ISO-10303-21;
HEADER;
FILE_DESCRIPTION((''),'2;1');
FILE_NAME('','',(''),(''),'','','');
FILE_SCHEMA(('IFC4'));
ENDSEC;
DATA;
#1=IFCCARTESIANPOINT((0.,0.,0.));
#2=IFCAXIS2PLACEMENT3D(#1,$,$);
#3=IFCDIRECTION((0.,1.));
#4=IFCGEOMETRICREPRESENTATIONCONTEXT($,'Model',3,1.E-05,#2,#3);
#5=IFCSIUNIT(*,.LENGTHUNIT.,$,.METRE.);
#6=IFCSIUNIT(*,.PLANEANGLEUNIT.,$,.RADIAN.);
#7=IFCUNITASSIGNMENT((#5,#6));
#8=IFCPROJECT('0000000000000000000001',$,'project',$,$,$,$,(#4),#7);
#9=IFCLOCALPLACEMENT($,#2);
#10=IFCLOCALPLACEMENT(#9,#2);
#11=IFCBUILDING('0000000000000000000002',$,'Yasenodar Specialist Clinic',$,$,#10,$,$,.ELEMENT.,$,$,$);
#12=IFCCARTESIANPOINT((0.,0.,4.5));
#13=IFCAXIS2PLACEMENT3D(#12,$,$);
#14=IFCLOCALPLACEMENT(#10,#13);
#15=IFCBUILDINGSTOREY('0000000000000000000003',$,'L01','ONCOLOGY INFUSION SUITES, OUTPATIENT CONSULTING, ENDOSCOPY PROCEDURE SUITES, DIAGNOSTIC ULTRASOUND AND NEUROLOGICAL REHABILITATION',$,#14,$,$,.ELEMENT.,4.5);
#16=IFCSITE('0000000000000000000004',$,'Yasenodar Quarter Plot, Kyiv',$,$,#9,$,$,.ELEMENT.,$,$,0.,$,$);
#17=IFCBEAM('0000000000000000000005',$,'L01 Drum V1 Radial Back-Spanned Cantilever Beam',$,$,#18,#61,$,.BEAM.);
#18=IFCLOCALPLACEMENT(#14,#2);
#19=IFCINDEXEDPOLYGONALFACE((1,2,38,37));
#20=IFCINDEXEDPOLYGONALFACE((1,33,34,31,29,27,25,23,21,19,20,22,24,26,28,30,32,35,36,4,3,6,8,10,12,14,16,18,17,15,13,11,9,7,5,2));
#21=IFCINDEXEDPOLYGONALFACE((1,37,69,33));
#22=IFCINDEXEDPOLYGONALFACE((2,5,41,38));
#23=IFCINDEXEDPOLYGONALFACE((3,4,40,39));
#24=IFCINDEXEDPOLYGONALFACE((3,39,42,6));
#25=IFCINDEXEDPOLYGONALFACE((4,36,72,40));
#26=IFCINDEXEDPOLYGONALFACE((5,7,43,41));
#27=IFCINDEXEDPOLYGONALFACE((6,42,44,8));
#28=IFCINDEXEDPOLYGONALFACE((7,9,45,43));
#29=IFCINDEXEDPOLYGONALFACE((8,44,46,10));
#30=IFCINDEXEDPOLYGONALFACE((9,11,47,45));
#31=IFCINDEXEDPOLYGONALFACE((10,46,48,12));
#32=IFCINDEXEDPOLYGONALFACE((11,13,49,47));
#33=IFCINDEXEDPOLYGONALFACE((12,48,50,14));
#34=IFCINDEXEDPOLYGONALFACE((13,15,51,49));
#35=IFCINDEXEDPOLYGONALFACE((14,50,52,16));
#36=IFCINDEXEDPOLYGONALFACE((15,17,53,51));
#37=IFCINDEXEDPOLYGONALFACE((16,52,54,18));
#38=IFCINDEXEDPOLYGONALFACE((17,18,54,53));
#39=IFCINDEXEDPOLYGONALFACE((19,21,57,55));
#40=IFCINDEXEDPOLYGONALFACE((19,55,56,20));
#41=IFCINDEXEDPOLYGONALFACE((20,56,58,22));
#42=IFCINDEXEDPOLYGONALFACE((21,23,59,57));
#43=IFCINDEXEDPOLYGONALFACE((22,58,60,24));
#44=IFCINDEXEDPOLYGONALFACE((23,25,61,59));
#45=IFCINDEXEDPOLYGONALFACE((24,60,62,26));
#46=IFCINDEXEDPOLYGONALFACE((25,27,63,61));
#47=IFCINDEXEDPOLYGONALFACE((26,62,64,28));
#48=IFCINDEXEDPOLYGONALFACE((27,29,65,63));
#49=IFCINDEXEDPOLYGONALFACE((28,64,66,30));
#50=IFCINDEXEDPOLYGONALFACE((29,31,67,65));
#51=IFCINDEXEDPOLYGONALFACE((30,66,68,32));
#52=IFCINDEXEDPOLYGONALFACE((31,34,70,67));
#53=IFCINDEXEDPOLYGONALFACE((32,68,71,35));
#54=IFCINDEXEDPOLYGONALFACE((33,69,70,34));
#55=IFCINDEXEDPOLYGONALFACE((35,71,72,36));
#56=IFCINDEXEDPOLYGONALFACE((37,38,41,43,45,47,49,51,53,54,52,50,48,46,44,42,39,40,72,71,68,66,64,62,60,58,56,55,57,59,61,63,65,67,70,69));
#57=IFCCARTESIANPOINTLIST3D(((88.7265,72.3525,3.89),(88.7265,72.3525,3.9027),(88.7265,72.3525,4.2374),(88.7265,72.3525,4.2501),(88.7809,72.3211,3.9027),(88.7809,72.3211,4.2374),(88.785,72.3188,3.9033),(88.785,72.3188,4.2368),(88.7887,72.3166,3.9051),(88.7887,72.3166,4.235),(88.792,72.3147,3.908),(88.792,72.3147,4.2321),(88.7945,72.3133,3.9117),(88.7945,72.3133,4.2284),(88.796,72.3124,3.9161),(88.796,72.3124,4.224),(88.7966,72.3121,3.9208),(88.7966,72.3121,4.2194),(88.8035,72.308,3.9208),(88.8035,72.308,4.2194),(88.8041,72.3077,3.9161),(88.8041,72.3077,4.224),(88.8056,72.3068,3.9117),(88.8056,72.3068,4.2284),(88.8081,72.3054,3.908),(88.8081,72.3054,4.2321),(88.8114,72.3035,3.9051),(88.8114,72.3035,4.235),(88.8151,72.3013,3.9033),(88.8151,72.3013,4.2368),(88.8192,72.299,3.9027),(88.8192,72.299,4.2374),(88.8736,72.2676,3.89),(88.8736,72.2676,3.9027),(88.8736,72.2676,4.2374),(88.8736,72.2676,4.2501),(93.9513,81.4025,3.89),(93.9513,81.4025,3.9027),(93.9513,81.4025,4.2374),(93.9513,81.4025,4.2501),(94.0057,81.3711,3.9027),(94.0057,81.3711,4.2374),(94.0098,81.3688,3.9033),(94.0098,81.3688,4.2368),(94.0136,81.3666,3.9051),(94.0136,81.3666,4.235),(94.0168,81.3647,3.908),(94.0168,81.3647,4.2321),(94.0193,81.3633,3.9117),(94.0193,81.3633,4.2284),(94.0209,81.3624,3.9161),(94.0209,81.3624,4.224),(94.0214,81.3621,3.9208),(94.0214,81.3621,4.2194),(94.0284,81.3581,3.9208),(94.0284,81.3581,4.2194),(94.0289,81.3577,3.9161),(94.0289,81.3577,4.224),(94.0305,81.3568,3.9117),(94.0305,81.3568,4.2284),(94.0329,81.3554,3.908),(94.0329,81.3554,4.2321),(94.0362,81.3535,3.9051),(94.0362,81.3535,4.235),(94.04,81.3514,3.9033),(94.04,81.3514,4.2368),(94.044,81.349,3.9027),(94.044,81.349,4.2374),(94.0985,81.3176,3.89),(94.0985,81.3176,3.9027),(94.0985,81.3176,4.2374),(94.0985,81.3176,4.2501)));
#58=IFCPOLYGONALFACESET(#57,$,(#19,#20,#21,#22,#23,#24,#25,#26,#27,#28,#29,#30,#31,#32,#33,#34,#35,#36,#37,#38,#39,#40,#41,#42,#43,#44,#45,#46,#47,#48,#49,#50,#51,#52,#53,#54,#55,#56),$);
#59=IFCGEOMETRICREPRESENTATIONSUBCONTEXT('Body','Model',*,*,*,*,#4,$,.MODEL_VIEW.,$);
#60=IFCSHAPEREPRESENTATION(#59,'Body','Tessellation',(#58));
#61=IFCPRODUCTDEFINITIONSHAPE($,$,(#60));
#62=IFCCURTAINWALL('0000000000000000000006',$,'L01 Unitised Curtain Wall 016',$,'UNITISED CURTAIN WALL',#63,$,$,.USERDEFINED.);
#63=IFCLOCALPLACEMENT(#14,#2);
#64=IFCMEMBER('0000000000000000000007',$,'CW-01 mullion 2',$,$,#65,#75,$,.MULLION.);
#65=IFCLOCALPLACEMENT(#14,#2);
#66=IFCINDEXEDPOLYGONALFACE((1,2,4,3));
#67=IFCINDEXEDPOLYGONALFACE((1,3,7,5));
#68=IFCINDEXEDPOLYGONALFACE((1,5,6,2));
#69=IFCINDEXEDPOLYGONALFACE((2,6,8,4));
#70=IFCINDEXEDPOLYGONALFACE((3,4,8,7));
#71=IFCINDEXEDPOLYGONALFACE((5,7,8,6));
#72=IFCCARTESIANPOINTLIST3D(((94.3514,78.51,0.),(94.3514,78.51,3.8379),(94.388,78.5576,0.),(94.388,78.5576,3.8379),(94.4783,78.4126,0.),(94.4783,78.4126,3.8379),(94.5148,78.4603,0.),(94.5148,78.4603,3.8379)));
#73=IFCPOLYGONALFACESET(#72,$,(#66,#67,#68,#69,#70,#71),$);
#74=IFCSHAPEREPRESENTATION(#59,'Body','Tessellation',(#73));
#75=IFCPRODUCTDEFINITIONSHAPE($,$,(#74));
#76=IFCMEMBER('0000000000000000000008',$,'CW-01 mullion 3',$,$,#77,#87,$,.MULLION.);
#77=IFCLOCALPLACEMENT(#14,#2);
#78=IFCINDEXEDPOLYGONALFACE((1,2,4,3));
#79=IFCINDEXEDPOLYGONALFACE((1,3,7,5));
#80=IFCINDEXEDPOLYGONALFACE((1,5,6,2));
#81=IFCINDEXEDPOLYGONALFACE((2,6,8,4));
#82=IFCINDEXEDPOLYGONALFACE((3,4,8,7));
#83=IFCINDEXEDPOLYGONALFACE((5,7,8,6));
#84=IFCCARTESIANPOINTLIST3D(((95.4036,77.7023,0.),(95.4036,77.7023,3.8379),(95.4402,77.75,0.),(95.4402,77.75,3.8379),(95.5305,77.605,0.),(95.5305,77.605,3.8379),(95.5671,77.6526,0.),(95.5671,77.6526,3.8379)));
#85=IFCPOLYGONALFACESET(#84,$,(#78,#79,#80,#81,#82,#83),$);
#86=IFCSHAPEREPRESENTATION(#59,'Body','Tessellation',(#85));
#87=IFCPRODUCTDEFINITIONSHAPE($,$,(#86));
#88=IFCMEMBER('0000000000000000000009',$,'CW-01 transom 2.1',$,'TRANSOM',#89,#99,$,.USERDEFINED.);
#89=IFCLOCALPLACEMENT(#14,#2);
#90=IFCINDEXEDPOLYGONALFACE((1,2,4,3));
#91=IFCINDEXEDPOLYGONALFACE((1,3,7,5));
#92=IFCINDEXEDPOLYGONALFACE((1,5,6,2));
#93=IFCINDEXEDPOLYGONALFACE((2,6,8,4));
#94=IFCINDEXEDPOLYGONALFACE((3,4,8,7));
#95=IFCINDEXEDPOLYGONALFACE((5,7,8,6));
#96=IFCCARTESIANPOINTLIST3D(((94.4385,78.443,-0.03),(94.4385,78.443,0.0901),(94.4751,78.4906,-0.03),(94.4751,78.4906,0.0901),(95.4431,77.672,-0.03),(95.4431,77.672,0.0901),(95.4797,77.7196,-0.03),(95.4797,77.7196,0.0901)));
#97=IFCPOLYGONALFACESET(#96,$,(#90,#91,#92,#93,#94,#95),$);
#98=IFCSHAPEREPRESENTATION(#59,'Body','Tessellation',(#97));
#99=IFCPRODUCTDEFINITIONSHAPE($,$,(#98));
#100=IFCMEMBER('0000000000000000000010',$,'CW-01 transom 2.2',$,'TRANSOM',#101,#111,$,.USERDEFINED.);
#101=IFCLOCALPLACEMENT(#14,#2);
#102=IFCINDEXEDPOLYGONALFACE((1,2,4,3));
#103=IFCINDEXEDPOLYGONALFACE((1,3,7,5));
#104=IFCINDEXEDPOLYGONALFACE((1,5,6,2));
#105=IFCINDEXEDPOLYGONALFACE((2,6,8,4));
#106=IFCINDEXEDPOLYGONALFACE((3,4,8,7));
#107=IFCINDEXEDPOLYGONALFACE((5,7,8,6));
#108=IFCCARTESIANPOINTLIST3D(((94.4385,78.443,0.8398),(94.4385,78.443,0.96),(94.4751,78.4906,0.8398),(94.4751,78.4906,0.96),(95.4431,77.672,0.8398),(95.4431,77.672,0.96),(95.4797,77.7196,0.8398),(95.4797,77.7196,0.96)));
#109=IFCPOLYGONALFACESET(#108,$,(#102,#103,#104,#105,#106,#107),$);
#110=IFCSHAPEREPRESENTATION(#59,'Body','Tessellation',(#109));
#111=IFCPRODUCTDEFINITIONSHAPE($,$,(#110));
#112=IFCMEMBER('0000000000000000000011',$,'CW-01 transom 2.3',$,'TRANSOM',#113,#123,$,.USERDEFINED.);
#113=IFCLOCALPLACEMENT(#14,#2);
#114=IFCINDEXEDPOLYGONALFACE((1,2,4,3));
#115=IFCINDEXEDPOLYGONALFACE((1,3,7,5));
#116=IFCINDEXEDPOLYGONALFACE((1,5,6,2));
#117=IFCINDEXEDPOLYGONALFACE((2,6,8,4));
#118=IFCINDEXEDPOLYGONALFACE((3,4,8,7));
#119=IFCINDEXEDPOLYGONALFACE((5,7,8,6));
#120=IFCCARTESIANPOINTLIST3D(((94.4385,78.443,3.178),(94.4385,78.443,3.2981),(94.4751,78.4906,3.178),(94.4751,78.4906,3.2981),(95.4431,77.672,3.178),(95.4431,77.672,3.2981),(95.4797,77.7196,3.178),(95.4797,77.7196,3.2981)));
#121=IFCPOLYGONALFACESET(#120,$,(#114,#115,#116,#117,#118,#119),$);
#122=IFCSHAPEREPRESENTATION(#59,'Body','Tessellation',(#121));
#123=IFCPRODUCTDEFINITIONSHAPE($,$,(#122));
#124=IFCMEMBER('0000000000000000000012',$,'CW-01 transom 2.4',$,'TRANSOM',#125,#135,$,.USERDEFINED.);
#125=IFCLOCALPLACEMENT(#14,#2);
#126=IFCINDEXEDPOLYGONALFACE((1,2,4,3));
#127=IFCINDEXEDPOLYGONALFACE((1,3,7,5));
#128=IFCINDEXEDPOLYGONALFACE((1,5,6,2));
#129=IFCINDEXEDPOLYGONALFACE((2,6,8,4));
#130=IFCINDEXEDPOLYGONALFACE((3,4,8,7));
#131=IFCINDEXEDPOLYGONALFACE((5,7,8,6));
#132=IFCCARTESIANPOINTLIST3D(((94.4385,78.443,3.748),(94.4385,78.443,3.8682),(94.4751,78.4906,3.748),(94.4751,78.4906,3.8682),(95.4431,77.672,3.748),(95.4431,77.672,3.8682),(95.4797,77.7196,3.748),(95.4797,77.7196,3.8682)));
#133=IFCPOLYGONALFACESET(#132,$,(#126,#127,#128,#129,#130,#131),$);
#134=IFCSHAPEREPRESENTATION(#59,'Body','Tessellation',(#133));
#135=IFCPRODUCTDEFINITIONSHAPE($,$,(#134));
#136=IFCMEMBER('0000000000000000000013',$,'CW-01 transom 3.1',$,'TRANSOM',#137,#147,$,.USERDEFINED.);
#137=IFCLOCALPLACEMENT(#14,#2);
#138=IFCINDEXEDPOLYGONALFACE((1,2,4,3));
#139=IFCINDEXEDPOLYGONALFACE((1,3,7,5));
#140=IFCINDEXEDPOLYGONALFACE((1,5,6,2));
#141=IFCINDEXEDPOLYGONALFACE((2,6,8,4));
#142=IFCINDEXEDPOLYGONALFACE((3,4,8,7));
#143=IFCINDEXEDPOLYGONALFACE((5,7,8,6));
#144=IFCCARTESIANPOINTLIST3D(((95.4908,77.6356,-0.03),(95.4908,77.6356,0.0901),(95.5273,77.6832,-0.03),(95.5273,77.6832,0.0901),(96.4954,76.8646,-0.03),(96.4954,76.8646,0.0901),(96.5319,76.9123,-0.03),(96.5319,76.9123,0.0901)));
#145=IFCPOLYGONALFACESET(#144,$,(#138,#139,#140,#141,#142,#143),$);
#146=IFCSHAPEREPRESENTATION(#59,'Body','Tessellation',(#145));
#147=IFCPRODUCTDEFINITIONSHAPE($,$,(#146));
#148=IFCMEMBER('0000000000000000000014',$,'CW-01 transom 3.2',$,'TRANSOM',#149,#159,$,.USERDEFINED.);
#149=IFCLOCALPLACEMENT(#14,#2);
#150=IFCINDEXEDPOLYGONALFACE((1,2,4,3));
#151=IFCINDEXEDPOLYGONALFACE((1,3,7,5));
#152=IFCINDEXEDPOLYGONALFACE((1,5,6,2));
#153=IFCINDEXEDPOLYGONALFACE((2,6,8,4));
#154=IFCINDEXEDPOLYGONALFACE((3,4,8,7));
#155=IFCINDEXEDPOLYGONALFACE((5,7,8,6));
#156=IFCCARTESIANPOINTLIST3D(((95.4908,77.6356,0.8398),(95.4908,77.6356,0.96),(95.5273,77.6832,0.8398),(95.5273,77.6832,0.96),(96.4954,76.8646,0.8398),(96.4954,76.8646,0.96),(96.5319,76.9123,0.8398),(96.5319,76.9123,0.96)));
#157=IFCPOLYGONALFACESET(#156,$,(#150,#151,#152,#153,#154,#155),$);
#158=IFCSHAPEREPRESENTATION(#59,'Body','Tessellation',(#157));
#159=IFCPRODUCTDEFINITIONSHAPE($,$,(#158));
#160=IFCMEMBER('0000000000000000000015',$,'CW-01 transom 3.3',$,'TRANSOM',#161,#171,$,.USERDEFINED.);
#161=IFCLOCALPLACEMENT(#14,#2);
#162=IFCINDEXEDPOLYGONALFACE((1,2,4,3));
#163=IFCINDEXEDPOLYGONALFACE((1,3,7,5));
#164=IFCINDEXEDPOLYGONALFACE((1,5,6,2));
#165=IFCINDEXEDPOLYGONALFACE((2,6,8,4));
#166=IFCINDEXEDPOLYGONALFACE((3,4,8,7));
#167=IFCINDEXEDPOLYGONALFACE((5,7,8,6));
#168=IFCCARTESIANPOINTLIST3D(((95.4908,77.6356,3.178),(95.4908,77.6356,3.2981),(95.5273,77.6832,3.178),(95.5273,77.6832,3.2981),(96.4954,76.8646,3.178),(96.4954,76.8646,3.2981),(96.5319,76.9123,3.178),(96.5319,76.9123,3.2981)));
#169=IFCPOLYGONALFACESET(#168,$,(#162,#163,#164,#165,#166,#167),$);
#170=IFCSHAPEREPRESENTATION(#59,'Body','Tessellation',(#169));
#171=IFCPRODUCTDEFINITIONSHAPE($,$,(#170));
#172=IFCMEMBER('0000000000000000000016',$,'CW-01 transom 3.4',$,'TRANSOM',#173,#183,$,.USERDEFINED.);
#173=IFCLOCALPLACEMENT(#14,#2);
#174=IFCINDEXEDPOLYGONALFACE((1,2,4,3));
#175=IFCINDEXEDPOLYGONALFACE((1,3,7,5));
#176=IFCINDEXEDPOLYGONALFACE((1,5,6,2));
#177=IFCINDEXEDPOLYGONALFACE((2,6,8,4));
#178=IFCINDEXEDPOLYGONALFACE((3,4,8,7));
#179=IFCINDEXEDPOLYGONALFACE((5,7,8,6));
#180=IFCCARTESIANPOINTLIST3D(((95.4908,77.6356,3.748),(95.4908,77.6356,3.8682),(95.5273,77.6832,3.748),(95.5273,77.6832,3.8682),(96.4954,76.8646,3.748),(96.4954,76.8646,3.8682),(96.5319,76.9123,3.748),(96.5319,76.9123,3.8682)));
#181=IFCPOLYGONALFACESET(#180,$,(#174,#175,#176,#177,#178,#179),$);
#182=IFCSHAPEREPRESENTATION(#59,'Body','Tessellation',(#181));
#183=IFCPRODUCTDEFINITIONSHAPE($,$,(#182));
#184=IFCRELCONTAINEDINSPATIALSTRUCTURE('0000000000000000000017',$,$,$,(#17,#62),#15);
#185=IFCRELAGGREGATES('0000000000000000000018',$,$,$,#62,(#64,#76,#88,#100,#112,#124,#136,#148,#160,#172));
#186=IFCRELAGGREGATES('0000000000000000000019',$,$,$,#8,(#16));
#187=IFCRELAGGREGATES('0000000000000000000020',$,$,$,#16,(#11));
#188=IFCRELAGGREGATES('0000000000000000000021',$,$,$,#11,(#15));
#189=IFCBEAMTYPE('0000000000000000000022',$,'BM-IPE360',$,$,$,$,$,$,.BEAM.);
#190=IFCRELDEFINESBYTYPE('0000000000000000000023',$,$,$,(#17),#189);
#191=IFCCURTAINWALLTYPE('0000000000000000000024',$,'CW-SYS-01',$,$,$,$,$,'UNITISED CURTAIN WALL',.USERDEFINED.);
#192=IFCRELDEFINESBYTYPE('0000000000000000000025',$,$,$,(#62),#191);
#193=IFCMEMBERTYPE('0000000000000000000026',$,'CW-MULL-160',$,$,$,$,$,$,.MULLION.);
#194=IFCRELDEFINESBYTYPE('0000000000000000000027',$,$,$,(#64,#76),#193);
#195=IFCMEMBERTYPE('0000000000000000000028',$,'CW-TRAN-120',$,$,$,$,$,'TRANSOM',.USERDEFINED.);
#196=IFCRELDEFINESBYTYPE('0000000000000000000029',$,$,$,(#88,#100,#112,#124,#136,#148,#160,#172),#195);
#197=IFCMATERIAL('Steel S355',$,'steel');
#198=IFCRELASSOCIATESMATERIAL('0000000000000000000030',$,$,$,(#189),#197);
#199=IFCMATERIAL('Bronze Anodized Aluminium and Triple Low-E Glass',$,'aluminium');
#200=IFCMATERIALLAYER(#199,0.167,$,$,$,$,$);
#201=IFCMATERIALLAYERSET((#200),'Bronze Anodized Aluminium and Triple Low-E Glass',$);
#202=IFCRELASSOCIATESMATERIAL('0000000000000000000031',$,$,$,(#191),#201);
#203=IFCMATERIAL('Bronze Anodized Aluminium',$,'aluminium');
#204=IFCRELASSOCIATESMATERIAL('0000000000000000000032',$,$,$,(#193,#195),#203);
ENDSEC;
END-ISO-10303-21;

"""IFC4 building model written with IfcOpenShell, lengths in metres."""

from ifc_helpers import new_model, si_unit, direction, frame, origin, origin_2d, place, context, subcontext, project, spatial, rectangle, i_section, extrude, material, layer, layer_set, material_profile, profile_set, type_object, element, aggregate, save


model = new_model("IFC4")

# Units and contexts
model_context = context("Model", 3, precision=1e-05, world=origin(), true_north=direction((0.0, 1.0)))
body_context = subcontext(model_context, "Body", "Model", "MODEL_VIEW")
ifc_project = project(units=[si_unit("LENGTHUNIT", "METRE"), si_unit("PLANEANGLEUNIT", "RADIAN")], contexts=[model_context])

# Site, building, storey
site_placement = place(None, origin())
site = spatial("IfcSite", under=ifc_project, at=site_placement, Name="Yasenodar Quarter Plot, Kyiv", CompositionType="ELEMENT", RefElevation=0.0)
building_placement = place(site_placement, origin())
building = spatial("IfcBuilding", under=site, at=building_placement, Name="Yasenodar Specialist Clinic", CompositionType="ELEMENT")
storey_placement = place(building_placement, frame((0.0, 0.0, 4.5)))
storey = spatial("IfcBuildingStorey", under=building, at=storey_placement, Name="L01", Description="ONCOLOGY INFUSION SUITES, OUTPATIENT CONSULTING, ENDOSCOPY PROCEDURE SUITES, DIAGNOSTIC ULTRASOUND AND NEUROLOGICAL REHABILITATION", CompositionType="ELEMENT", Elevation=4.5)

# Shared definitions
ifc_material_1 = material(Name="Steel S355", Category="steel")

# Beam
ifc_material_profile_1 = material_profile(ifc_material_1, i_section(OverallWidth=0.1699, OverallDepth=0.3601, WebThickness=0.0081, FlangeThickness=0.0127, FilletRadius=0.0181, at=origin_2d()), Name="IPE 360")
ifc_profile_set_1 = profile_set([ifc_material_profile_1], Name="Steel S355")
beam_type_1 = type_object("IfcBeamType", Name="BM-IPE360", PredefinedType="BEAM", material=ifc_profile_set_1)
for number, where, z_axis, x_axis, name in (
    (1, (88.8, 72.3101, 4.0701), (0.499986, 0.866033, 0.0), (-0.866033, 0.499986, 0.0), "L01 Drum V1 Radial Back-Spanned Cantilever Beam"),
):
    element("IfcBeam", number, at=place(storey_placement, frame(where, z_axis=z_axis, x_axis=x_axis)), inside=storey, type_object=beam_type_1, Name=name, PredefinedType="BEAM", context=body_context, shape_type="SweptSolid", body=[
        extrude(i_section(OverallWidth=0.1699, OverallDepth=0.3601, WebThickness=0.0081, FlangeThickness=0.0127, FilletRadius=0.0181, at=origin_2d()), origin(), (0.0, 0.0, 1.0), 10.45),
    ])

# Curtain wall, members
ifc_material_2 = material(Name="Bronze Anodized Aluminium and Triple Low-E Glass", Category="aluminium")
ifc_layer_1 = layer(ifc_material_2, 0.167)
ifc_layer_set_1 = layer_set([ifc_layer_1], Name="Bronze Anodized Aluminium and Triple Low-E Glass")
curtain_wall_type = type_object("IfcCurtainWallType", Name="CW-SYS-01", ElementType="UNITISED CURTAIN WALL", PredefinedType="USERDEFINED", material=ifc_layer_set_1)
curtain_wall_placement = place(storey_placement, origin())
curtain_wall = element("IfcCurtainWall", 2, at=curtain_wall_placement, inside=storey, type_object=curtain_wall_type, Name="L01 Unitised Curtain Wall 016", ObjectType="UNITISED CURTAIN WALL", PredefinedType="USERDEFINED")
ifc_material_3 = material(Name="Bronze Anodized Aluminium", Category="aluminium")
ifc_material_profile_2 = material_profile(ifc_material_3, rectangle(XDim=0.0601, YDim=0.1599, at=origin_2d()), Name="CW-MULL 60x160")
ifc_profile_set_2 = profile_set([ifc_material_profile_2], Name="Bronze Anodized Aluminium")
member_type_1 = type_object("IfcMemberType", Name="CW-MULL-160", PredefinedType="MULLION", material=ifc_profile_set_2)
member_1_placement = place(storey_placement, frame((94.4331, 78.4851, 0.0), z_axis=(0.0, 0.0, 1.0), x_axis=(0.608752, 0.793361, 0.0)))
member_1 = element("IfcMember", 3, at=member_1_placement, type_object=member_type_1, Name="CW-01 mullion 2", PredefinedType="MULLION", context=body_context, shape_type="SweptSolid", body=[
    extrude(rectangle(XDim=0.0601, YDim=0.1599, at=origin_2d()), origin(), (0.0, 0.0, 1.0), 3.8379),
])
member_2_placement = place(storey_placement, frame((95.4854, 77.6775, 0.0), z_axis=(0.0, 0.0, 1.0), x_axis=(0.608752, 0.793361, 0.0)))
member_2 = element("IfcMember", 4, at=member_2_placement, type_object=member_type_1, Name="CW-01 mullion 3", PredefinedType="MULLION", context=body_context, shape_type="SweptSolid", body=[
    extrude(rectangle(XDim=0.0601, YDim=0.1599, at=origin_2d()), origin(), (0.0, 0.0, 1.0), 3.8379),
])
ifc_material_profile_3 = material_profile(ifc_material_3, rectangle(XDim=0.0601, YDim=0.1201, at=origin_2d()), Name="CW-TRAN 60x120")
ifc_profile_set_3 = profile_set([ifc_material_profile_3], Name="Bronze Anodized Aluminium")
member_type_2 = type_object("IfcMemberType", Name="CW-TRAN-120", ElementType="TRANSOM", PredefinedType="USERDEFINED", material=ifc_profile_set_3)
member_3_placement = place(storey_placement, frame((94.4568, 78.4668, 0.03), z_axis=(0.793311, -0.608816, 0.0), x_axis=(0.608816, 0.793311, 0.0)))
member_3 = element("IfcMember", 5, at=member_3_placement, type_object=member_type_2, Name="CW-01 transom 2.1", ObjectType="TRANSOM", PredefinedType="USERDEFINED", context=body_context, shape_type="SweptSolid", body=[
    extrude(rectangle(XDim=0.0601, YDim=0.1201, at=origin_2d()), origin(), (0.0, 0.0, 1.0), 1.2664),
])
member_4_placement = place(storey_placement, frame((94.4568, 78.4668, 0.8999), z_axis=(0.793311, -0.608816, 0.0), x_axis=(0.608816, 0.793311, 0.0)))
member_4 = element("IfcMember", 6, at=member_4_placement, type_object=member_type_2, Name="CW-01 transom 2.2", ObjectType="TRANSOM", PredefinedType="USERDEFINED", context=body_context, shape_type="SweptSolid", body=[
    extrude(rectangle(XDim=0.0601, YDim=0.1201, at=origin_2d()), origin(), (0.0, 0.0, 1.0), 1.2664),
])
member_5_placement = place(storey_placement, frame((94.4568, 78.4668, 3.238), z_axis=(0.793311, -0.608816, 0.0), x_axis=(0.608816, 0.793311, 0.0)))
member_5 = element("IfcMember", 7, at=member_5_placement, type_object=member_type_2, Name="CW-01 transom 2.3", ObjectType="TRANSOM", PredefinedType="USERDEFINED", context=body_context, shape_type="SweptSolid", body=[
    extrude(rectangle(XDim=0.0601, YDim=0.1201, at=origin_2d()), origin(), (0.0, 0.0, 1.0), 1.2664),
])
member_6_placement = place(storey_placement, frame((94.4568, 78.4668, 3.8081), z_axis=(0.793311, -0.608816, 0.0), x_axis=(0.608816, 0.793311, 0.0)))
member_6 = element("IfcMember", 8, at=member_6_placement, type_object=member_type_2, Name="CW-01 transom 2.4", ObjectType="TRANSOM", PredefinedType="USERDEFINED", context=body_context, shape_type="SweptSolid", body=[
    extrude(rectangle(XDim=0.0601, YDim=0.1201, at=origin_2d()), origin(), (0.0, 0.0, 1.0), 1.2664),
])
member_7_placement = place(storey_placement, frame((95.509, 77.6594, 0.03), z_axis=(0.793311, -0.608816, 0.0), x_axis=(0.608816, 0.793311, 0.0)))
member_7 = element("IfcMember", 9, at=member_7_placement, type_object=member_type_2, Name="CW-01 transom 3.1", ObjectType="TRANSOM", PredefinedType="USERDEFINED", context=body_context, shape_type="SweptSolid", body=[
    extrude(rectangle(XDim=0.0601, YDim=0.1201, at=origin_2d()), origin(), (0.0, 0.0, 1.0), 1.2664),
])
member_8_placement = place(storey_placement, frame((95.509, 77.6594, 0.8999), z_axis=(0.793311, -0.608816, 0.0), x_axis=(0.608816, 0.793311, 0.0)))
member_8 = element("IfcMember", 10, at=member_8_placement, type_object=member_type_2, Name="CW-01 transom 3.2", ObjectType="TRANSOM", PredefinedType="USERDEFINED", context=body_context, shape_type="SweptSolid", body=[
    extrude(rectangle(XDim=0.0601, YDim=0.1201, at=origin_2d()), origin(), (0.0, 0.0, 1.0), 1.2664),
])
member_9_placement = place(storey_placement, frame((95.509, 77.6594, 3.238), z_axis=(0.793311, -0.608816, 0.0), x_axis=(0.608816, 0.793311, 0.0)))
member_9 = element("IfcMember", 11, at=member_9_placement, type_object=member_type_2, Name="CW-01 transom 3.3", ObjectType="TRANSOM", PredefinedType="USERDEFINED", context=body_context, shape_type="SweptSolid", body=[
    extrude(rectangle(XDim=0.0601, YDim=0.1201, at=origin_2d()), origin(), (0.0, 0.0, 1.0), 1.2664),
])
member_10_placement = place(storey_placement, frame((95.509, 77.6594, 3.8081), z_axis=(0.793311, -0.608816, 0.0), x_axis=(0.608816, 0.793311, 0.0)))
member_10 = element("IfcMember", 12, at=member_10_placement, type_object=member_type_2, Name="CW-01 transom 3.4", ObjectType="TRANSOM", PredefinedType="USERDEFINED", context=body_context, shape_type="SweptSolid", body=[
    extrude(rectangle(XDim=0.0601, YDim=0.1201, at=origin_2d()), origin(), (0.0, 0.0, 1.0), 1.2664),
])
aggregate(curtain_wall, [member_1, member_2, member_3, member_4, member_5, member_6, member_7, member_8, member_9, member_10])

save(model, "model.ifc")
